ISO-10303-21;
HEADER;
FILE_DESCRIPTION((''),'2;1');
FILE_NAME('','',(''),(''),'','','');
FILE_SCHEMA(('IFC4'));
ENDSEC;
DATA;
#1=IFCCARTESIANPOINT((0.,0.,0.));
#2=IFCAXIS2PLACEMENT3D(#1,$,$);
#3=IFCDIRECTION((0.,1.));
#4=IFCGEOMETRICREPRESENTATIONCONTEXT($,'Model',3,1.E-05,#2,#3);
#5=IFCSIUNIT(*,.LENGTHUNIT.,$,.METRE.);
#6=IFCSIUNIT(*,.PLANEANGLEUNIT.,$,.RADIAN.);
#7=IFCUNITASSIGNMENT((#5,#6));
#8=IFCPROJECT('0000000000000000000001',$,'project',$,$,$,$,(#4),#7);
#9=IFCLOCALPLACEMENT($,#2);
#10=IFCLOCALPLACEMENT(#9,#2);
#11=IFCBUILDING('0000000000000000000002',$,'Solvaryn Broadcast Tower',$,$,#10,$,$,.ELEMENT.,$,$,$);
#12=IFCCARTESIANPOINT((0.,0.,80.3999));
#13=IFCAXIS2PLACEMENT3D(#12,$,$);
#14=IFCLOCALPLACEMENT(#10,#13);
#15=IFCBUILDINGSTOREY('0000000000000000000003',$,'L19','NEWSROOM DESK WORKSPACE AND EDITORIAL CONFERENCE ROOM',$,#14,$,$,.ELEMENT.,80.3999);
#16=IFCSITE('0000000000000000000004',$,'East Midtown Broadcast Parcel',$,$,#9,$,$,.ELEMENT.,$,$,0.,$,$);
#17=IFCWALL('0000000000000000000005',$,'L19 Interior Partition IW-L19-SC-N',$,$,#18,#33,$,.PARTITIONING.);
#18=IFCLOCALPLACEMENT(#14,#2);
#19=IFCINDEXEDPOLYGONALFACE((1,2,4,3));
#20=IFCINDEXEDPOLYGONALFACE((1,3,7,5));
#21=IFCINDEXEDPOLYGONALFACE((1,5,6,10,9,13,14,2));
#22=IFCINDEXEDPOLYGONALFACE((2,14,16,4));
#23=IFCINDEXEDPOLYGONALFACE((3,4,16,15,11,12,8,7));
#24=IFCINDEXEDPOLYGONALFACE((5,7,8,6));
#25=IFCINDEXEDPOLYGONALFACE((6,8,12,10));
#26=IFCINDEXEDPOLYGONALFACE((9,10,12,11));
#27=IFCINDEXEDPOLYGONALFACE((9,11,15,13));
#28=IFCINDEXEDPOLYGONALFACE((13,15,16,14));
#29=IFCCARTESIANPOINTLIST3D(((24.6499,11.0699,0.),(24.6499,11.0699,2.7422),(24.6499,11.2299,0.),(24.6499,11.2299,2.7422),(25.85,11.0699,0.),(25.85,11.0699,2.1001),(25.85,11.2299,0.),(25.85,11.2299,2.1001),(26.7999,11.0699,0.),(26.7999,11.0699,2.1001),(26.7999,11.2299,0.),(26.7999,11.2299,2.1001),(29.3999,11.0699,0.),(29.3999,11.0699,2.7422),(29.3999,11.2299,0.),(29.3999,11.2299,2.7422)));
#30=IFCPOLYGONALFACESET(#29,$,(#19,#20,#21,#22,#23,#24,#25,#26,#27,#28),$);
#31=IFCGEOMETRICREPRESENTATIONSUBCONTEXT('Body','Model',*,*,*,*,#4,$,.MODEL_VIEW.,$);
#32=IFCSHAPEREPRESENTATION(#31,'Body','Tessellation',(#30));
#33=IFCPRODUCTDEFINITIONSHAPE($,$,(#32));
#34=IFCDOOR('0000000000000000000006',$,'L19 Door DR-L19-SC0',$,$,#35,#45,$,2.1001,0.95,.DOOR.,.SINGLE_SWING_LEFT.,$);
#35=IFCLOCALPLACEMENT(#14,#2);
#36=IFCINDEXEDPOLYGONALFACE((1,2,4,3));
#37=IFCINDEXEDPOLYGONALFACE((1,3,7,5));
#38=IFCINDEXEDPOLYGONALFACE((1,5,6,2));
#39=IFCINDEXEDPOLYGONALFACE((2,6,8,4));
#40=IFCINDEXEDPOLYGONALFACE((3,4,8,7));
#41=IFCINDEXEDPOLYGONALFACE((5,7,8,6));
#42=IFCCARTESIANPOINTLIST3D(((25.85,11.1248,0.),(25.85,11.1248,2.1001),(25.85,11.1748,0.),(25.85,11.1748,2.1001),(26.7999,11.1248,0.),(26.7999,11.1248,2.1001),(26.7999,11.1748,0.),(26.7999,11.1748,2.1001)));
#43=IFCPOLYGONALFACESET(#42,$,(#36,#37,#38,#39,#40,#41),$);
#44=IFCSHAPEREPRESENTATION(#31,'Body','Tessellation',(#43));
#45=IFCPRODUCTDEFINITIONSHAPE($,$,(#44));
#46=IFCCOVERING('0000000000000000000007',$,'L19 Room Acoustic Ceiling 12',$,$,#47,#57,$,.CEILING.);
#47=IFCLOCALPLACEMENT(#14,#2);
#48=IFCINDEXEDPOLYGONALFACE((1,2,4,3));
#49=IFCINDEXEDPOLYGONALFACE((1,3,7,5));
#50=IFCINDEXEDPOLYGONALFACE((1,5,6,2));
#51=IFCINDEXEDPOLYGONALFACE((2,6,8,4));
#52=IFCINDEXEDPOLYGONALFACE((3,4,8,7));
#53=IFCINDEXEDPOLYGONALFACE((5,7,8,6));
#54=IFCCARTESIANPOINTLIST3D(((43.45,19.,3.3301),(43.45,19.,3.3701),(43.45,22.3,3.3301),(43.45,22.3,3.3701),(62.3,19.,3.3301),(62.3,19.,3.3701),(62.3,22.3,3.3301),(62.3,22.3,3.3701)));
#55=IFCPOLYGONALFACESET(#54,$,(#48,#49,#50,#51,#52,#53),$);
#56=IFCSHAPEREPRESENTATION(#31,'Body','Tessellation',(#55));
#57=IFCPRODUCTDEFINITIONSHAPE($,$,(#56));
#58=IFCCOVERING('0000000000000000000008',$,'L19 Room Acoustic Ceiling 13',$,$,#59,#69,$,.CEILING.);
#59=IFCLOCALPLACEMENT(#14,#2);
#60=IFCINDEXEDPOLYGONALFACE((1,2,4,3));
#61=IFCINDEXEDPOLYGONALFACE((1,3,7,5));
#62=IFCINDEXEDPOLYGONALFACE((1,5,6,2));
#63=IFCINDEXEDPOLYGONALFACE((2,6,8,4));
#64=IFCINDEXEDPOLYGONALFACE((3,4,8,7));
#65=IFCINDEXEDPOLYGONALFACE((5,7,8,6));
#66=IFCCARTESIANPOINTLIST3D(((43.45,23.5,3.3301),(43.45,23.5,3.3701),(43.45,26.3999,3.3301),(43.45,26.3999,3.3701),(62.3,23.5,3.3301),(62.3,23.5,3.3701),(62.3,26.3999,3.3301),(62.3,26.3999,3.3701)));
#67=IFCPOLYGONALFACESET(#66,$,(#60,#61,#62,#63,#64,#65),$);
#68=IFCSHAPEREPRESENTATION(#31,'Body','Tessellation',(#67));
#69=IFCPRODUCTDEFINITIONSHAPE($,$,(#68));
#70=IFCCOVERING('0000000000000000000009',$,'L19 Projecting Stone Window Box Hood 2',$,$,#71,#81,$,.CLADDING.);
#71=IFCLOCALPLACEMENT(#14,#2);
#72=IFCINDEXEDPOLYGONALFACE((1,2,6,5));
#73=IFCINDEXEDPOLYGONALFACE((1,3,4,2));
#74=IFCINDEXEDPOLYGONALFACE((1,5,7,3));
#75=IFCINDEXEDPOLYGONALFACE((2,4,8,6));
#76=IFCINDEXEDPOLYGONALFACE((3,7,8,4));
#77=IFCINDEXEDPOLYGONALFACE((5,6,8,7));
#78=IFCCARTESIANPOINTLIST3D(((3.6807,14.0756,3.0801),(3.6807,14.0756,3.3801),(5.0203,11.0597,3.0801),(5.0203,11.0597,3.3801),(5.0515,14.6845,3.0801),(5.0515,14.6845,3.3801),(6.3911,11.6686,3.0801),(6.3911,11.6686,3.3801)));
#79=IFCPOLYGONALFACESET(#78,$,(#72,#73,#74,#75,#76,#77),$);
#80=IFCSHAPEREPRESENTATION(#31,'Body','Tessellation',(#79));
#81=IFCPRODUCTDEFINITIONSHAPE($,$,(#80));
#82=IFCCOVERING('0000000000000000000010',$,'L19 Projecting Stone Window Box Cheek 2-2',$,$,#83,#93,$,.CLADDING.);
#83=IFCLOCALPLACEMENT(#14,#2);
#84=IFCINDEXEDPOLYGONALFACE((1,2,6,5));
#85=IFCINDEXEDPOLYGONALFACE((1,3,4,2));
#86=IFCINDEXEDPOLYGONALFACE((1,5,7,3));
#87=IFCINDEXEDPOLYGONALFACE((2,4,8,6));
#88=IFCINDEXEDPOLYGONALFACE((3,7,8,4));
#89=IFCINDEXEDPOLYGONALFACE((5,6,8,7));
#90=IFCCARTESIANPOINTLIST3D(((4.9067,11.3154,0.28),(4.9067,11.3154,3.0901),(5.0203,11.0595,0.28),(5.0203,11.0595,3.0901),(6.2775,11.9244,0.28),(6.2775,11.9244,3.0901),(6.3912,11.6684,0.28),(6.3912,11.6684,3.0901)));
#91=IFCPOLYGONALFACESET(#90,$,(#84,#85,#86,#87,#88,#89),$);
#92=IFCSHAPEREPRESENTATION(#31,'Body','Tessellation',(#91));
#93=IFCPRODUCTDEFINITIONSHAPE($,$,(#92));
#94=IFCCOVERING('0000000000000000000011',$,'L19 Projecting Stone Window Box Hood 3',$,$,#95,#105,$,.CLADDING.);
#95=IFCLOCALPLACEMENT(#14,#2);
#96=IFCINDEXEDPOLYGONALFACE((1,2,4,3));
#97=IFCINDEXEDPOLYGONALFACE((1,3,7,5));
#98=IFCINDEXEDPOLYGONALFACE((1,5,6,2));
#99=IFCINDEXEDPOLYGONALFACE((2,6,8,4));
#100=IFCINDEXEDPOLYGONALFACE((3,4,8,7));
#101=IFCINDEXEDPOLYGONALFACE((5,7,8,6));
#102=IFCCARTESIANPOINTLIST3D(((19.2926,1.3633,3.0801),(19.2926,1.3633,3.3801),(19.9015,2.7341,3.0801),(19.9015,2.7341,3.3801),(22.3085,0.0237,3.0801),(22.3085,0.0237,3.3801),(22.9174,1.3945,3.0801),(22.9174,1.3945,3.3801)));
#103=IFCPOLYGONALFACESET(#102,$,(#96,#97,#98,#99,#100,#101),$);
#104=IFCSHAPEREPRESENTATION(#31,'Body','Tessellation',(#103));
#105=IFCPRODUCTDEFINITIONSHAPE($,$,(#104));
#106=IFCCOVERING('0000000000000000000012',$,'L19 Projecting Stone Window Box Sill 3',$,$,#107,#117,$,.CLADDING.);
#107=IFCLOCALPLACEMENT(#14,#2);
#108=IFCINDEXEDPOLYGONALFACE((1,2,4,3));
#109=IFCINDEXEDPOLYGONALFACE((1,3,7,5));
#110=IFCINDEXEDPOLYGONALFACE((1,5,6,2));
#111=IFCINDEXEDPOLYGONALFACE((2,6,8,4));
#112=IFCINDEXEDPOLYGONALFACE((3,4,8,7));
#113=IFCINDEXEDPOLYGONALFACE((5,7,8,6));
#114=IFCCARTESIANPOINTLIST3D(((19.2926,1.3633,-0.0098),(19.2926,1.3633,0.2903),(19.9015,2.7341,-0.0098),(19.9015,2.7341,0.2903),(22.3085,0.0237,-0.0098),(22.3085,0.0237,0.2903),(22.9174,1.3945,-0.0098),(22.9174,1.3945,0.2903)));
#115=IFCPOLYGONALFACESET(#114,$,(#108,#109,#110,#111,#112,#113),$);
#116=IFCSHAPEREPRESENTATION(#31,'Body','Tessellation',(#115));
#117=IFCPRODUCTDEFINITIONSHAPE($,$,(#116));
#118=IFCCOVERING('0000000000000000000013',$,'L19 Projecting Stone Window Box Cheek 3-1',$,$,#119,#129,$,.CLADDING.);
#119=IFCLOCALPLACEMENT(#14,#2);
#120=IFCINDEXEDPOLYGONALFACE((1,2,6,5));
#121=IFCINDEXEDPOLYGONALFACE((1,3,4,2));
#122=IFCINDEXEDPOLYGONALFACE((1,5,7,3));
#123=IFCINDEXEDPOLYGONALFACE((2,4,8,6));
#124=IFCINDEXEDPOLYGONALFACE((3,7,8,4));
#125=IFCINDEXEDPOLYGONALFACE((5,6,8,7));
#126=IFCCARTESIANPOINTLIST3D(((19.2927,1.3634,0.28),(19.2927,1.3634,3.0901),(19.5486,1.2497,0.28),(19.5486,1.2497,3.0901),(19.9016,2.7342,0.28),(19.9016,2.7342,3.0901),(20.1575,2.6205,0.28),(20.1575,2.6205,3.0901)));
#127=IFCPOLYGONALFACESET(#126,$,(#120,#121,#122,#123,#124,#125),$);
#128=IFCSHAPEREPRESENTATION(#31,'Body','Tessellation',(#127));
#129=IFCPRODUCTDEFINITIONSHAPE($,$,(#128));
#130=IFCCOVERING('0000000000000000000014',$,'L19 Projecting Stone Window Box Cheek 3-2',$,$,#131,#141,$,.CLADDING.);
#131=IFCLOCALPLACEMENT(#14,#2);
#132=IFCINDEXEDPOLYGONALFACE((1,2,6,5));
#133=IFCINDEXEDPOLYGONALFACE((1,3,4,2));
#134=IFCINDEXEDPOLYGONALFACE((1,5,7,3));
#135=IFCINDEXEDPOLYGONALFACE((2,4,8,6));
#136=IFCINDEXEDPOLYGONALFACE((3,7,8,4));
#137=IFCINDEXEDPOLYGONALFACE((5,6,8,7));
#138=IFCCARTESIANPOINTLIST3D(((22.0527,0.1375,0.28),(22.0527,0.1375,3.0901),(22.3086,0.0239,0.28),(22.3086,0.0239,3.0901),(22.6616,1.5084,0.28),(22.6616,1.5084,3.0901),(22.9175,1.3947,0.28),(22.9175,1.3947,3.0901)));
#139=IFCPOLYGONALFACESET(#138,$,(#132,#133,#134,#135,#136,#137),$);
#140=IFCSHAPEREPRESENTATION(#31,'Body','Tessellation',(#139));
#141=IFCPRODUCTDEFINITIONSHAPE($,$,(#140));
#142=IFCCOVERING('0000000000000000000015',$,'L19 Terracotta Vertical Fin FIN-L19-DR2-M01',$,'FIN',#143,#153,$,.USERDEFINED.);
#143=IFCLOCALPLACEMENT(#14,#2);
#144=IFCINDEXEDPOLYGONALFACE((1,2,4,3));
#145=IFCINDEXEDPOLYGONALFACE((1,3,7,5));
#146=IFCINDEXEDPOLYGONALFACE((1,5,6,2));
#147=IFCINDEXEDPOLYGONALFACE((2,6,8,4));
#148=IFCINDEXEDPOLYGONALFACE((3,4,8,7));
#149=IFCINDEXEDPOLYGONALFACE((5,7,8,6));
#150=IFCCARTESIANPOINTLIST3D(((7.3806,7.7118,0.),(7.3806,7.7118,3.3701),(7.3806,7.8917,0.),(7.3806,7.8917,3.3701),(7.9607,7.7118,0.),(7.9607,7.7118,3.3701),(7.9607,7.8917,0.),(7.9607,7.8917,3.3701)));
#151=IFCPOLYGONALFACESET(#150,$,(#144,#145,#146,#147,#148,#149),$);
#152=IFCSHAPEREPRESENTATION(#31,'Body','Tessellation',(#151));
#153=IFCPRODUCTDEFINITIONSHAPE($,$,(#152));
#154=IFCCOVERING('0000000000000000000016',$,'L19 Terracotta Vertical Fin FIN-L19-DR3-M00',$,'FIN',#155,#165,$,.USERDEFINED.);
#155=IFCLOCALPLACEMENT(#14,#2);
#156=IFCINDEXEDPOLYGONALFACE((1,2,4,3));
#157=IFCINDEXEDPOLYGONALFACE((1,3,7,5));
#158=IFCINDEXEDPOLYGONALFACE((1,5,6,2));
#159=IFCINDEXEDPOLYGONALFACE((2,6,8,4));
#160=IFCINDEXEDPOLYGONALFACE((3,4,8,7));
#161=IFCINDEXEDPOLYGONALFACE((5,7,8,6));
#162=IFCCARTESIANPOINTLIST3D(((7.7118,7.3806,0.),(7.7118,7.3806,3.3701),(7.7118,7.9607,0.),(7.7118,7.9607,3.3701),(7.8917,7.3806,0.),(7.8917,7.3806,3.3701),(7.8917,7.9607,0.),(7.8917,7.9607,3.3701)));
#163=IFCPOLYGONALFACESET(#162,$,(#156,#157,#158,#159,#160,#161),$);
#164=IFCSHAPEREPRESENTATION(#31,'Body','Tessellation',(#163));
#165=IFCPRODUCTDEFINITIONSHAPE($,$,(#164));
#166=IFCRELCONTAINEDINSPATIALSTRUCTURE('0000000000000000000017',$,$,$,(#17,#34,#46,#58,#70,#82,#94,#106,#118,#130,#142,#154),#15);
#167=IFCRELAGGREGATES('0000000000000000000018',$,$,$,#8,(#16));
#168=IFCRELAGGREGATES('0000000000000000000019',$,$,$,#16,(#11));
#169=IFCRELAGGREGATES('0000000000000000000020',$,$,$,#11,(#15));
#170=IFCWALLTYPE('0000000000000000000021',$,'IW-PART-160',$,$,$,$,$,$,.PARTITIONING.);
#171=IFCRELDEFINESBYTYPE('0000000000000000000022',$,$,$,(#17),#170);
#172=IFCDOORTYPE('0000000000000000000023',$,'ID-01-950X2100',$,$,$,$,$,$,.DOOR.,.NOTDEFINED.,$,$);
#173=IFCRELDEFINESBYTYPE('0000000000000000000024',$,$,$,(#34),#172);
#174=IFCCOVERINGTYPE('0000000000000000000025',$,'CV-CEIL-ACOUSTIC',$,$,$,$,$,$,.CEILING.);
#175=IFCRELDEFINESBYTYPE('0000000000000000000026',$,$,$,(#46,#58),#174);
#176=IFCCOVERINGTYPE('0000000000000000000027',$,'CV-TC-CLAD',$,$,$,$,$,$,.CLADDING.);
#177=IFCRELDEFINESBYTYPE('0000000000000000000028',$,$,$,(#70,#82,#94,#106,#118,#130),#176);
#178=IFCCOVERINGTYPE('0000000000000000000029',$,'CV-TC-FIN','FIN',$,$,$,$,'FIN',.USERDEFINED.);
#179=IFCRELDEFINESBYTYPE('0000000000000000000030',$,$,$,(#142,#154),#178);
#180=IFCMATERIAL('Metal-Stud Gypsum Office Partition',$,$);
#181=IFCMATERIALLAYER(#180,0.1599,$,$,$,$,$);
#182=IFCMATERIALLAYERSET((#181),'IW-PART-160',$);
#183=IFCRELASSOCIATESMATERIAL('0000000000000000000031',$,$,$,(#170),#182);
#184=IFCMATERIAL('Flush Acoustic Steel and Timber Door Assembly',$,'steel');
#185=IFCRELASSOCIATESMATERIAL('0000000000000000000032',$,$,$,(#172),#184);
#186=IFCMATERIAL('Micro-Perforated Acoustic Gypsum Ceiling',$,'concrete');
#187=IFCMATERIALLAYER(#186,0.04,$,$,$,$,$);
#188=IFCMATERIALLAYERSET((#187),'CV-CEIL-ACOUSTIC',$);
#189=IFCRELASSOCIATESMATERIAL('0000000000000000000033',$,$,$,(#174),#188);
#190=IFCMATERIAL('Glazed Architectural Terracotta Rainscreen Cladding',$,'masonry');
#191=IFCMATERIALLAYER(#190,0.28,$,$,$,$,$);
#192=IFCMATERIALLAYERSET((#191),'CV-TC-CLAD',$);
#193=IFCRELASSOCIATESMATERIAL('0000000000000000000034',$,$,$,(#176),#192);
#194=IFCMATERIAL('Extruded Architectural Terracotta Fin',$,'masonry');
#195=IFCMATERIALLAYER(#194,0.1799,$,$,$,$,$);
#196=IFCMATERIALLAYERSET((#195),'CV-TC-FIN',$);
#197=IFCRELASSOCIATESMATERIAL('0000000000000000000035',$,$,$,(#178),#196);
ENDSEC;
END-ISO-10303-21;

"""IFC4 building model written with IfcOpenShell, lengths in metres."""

from ifc_helpers import new_model, si_unit, direction, frame, frame_2d, origin, origin_2d, place, context, subcontext, project, spatial, polyline, rectangle, outline, extrude, material, layer, layer_set, type_object, element, fill, save


model = new_model("IFC4")

# Units and contexts
model_context = context("Model", 3, precision=1e-05, world=origin(), true_north=direction((0.0, 1.0)))
body_context = subcontext(model_context, "Body", "Model", "MODEL_VIEW")
ifc_project = project(units=[si_unit("LENGTHUNIT", "METRE"), si_unit("PLANEANGLEUNIT", "RADIAN")], contexts=[model_context])

# Site, building, storey
site_placement = place(None, origin())
site = spatial("IfcSite", under=ifc_project, at=site_placement, Name="East Midtown Broadcast Parcel", CompositionType="ELEMENT", RefElevation=0.0)
building_placement = place(site_placement, origin())
building = spatial("IfcBuilding", under=site, at=building_placement, Name="Solvaryn Broadcast Tower", CompositionType="ELEMENT")
storey_placement = place(building_placement, frame((0.0, 0.0, 80.3999)))
storey = spatial("IfcBuildingStorey", under=building, at=storey_placement, Name="L19", Description="NEWSROOM DESK WORKSPACE AND EDITORIAL CONFERENCE ROOM", CompositionType="ELEMENT", Elevation=80.3999)

# Shared definitions
ifc_material_1 = material(Name="Metal-Stud Gypsum Office Partition")
ifc_layer_1 = layer(ifc_material_1, 0.1599)
ifc_layer_set_1 = layer_set([ifc_layer_1], Name="IW-PART-160")
wall_type_1 = type_object("IfcWallType", Name="IW-PART-160", PredefinedType="PARTITIONING", material=ifc_layer_set_1)
ifc_material_2 = material(Name="Flush Acoustic Steel and Timber Door Assembly", Category="steel")
door_type_1 = type_object("IfcDoorType", Name="ID-01-950X2100", OperationType="NOTDEFINED", PredefinedType="DOOR", material=ifc_material_2)

# Wall, opening, door
wall_1_placement = place(storey_placement, frame((24.6499, 11.1499, 0.0), z_axis=(0.0, 0.0, 1.0), x_axis=(1.0, 0.0, 0.0)))
wall_1 = element("IfcWall", 1, at=wall_1_placement, inside=storey, type_object=wall_type_1, Name="L19 Interior Partition IW-L19-SC-N", PredefinedType="PARTITIONING", context=body_context, shape_type="SweptSolid", body=[
    extrude(rectangle(XDim=4.75, YDim=0.1599, at=frame_2d((2.375, 0.0))), origin(), (0.0, 0.0, 1.0), 2.7422),
])
opening_1_placement = place(wall_1_placement, frame((1.2, 0.0, 0.0)))
opening_1 = element("IfcOpeningElement", 2, at=opening_1_placement, cuts=wall_1, PredefinedType="OPENING", context=body_context, shape_type="SweptSolid", body=[
    extrude(rectangle(XDim=0.95, YDim=2.1001, at=frame_2d((0.4751, 1.05))), frame((0.0, 0.0901, 0.0), z_axis=(0.0, -1.0, 0.0), x_axis=(1.0, 0.0, 0.0)), (0.0, 0.0, 1.0), 0.1799),
])
door_1_placement = place(opening_1_placement, origin())
door_1 = element("IfcDoor", 3, at=door_1_placement, inside=storey, type_object=door_type_1, Name="L19 Door DR-L19-SC0", OperationType="SINGLE_SWING_LEFT", OverallHeight=2.1001, OverallWidth=0.95, PredefinedType="DOOR", context=body_context, shape_type="SweptSolid", body=[
    extrude(rectangle(XDim=0.95, YDim=2.1001, at=frame_2d((0.4751, 1.05))), frame((0.0, 0.0249, 0.0), z_axis=(0.0, -1.0, 0.0), x_axis=(1.0, 0.0, 0.0)), (0.0, 0.0, 1.0), 0.05),
])
fill(opening_1, door_1)

# Coverings
ifc_material_3 = material(Name="Micro-Perforated Acoustic Gypsum Ceiling", Category="concrete")
ifc_layer_2 = layer(ifc_material_3, 0.04)
ifc_layer_set_2 = layer_set([ifc_layer_2], Name="CV-CEIL-ACOUSTIC")
covering_type_1 = type_object("IfcCoveringType", Name="CV-CEIL-ACOUSTIC", PredefinedType="CEILING", material=ifc_layer_set_2)
covering_1_placement = place(storey_placement, frame((0.0, 0.0, 3.3301)))
element("IfcCovering", 4, at=covering_1_placement, inside=storey, type_object=covering_type_1, Name="L19 Room Acoustic Ceiling 12", PredefinedType="CEILING", context=body_context, shape_type="SweptSolid", body=[
    extrude(outline(polyline([(43.45, 19.0), (62.3, 19.0), (62.3, 22.3), (43.45, 22.3), (43.45, 19.0)])), origin(), (0.0, 0.0, 1.0), 0.04),
])
covering_2_placement = place(storey_placement, frame((0.0, 0.0, 3.3301)))
element("IfcCovering", 5, at=covering_2_placement, inside=storey, type_object=covering_type_1, Name="L19 Room Acoustic Ceiling 13", PredefinedType="CEILING", context=body_context, shape_type="SweptSolid", body=[
    extrude(outline(polyline([(43.45, 23.5), (62.3, 23.5), (62.3, 26.3999), (43.45, 26.3999), (43.45, 23.5)])), origin(), (0.0, 0.0, 1.0), 0.04),
])
ifc_material_4 = material(Name="Glazed Architectural Terracotta Rainscreen Cladding", Category="masonry")
ifc_layer_3 = layer(ifc_material_4, 0.28)
ifc_layer_set_3 = layer_set([ifc_layer_3], Name="CV-TC-CLAD")
covering_type_2 = type_object("IfcCoveringType", Name="CV-TC-CLAD", PredefinedType="CLADDING", material=ifc_layer_set_3)
covering_3_placement = place(storey_placement, frame((5.0359, 12.8721, 3.0801), z_axis=(0.0, 0.0, 1.0), x_axis=(0.405939, -0.9139, 0.0)))
element("IfcCovering", 6, at=covering_3_placement, inside=storey, type_object=covering_type_2, Name="L19 Projecting Stone Window Box Hood 2", PredefinedType="CLADDING", context=body_context, shape_type="SweptSolid", body=[
    extrude(rectangle(XDim=3.3, YDim=1.5, at=origin_2d()), origin(), (0.0, 0.0, 1.0), 0.3),
])
covering_4_placement = place(storey_placement, frame((5.6489, 11.4919, 0.28), z_axis=(0.0, 0.0, 1.0), x_axis=(0.405939, -0.9139, 0.0)))
element("IfcCovering", 7, at=covering_4_placement, inside=storey, type_object=covering_type_2, Name="L19 Projecting Stone Window Box Cheek 2-2", PredefinedType="CLADDING", context=body_context, shape_type="SweptSolid", body=[
    extrude(rectangle(XDim=0.28, YDim=1.5, at=origin_2d()), origin(), (0.0, 0.0, 1.0), 2.8101),
])
for number, where, z_axis, x_axis, name in (
    (8, (21.105, 1.3789, 3.0801), (0.0, 0.0, 1.0), (0.9139, -0.405939, 0.0), "L19 Projecting Stone Window Box Hood 3"),
    (9, (21.105, 1.3789, -0.0098), (0.0, 0.0, 1.0), (0.9139, -0.405939, 0.0), "L19 Projecting Stone Window Box Sill 3"),
):
    element("IfcCovering", number, at=place(storey_placement, frame(where, z_axis=z_axis, x_axis=x_axis)), inside=storey, type_object=covering_type_2, Name=name, PredefinedType="CLADDING", context=body_context, shape_type="SweptSolid", body=[
        extrude(rectangle(XDim=3.3, YDim=1.5, at=origin_2d()), origin(), (0.0, 0.0, 1.0), 0.3),
    ])
for number, where, z_axis, x_axis, name in (
    (10, (19.7251, 1.9919, 0.28), (0.0, 0.0, 1.0), (0.9139, -0.405939, 0.0), "L19 Projecting Stone Window Box Cheek 3-1"),
    (11, (22.4851, 0.7661, 0.28), (0.0, 0.0, 1.0), (0.9139, -0.405939, 0.0), "L19 Projecting Stone Window Box Cheek 3-2"),
):
    element("IfcCovering", number, at=place(storey_placement, frame(where, z_axis=z_axis, x_axis=x_axis)), inside=storey, type_object=covering_type_2, Name=name, PredefinedType="CLADDING", context=body_context, shape_type="SweptSolid", body=[
        extrude(rectangle(XDim=0.28, YDim=1.5, at=origin_2d()), origin(), (0.0, 0.0, 1.0), 2.8101),
    ])
ifc_material_5 = material(Name="Extruded Architectural Terracotta Fin", Category="masonry")
ifc_layer_4 = layer(ifc_material_5, 0.1799)
ifc_layer_set_4 = layer_set([ifc_layer_4], Name="CV-TC-FIN")
covering_type_3 = type_object("IfcCoveringType", Name="CV-TC-FIN", Description="FIN", ElementType="FIN", PredefinedType="USERDEFINED", material=ifc_layer_set_4)
covering_5_placement = place(storey_placement, frame((7.6707, 7.8018, 0.0), z_axis=(0.0, 0.0, 1.0), x_axis=(1.0, 0.0, 0.0)))
element("IfcCovering", 12, at=covering_5_placement, inside=storey, type_object=covering_type_3, Name="L19 Terracotta Vertical Fin FIN-L19-DR2-M01", ObjectType="FIN", PredefinedType="USERDEFINED", context=body_context, shape_type="SweptSolid", body=[
    extrude(rectangle(XDim=0.5801, YDim=0.1799, at=origin_2d()), origin(), (0.0, 0.0, 1.0), 3.3701),
])
covering_6_placement = place(storey_placement, frame((7.8018, 7.6707, 0.0), z_axis=(0.0, 0.0, 1.0), x_axis=(1.0, 0.0, 0.0)))
element("IfcCovering", 13, at=covering_6_placement, inside=storey, type_object=covering_type_3, Name="L19 Terracotta Vertical Fin FIN-L19-DR3-M00", ObjectType="FIN", PredefinedType="USERDEFINED", context=body_context, shape_type="SweptSolid", body=[
    extrude(rectangle(XDim=0.1799, YDim=0.5801, at=origin_2d()), origin(), (0.0, 0.0, 1.0), 3.3701),
])

save(model, "model.ifc")
